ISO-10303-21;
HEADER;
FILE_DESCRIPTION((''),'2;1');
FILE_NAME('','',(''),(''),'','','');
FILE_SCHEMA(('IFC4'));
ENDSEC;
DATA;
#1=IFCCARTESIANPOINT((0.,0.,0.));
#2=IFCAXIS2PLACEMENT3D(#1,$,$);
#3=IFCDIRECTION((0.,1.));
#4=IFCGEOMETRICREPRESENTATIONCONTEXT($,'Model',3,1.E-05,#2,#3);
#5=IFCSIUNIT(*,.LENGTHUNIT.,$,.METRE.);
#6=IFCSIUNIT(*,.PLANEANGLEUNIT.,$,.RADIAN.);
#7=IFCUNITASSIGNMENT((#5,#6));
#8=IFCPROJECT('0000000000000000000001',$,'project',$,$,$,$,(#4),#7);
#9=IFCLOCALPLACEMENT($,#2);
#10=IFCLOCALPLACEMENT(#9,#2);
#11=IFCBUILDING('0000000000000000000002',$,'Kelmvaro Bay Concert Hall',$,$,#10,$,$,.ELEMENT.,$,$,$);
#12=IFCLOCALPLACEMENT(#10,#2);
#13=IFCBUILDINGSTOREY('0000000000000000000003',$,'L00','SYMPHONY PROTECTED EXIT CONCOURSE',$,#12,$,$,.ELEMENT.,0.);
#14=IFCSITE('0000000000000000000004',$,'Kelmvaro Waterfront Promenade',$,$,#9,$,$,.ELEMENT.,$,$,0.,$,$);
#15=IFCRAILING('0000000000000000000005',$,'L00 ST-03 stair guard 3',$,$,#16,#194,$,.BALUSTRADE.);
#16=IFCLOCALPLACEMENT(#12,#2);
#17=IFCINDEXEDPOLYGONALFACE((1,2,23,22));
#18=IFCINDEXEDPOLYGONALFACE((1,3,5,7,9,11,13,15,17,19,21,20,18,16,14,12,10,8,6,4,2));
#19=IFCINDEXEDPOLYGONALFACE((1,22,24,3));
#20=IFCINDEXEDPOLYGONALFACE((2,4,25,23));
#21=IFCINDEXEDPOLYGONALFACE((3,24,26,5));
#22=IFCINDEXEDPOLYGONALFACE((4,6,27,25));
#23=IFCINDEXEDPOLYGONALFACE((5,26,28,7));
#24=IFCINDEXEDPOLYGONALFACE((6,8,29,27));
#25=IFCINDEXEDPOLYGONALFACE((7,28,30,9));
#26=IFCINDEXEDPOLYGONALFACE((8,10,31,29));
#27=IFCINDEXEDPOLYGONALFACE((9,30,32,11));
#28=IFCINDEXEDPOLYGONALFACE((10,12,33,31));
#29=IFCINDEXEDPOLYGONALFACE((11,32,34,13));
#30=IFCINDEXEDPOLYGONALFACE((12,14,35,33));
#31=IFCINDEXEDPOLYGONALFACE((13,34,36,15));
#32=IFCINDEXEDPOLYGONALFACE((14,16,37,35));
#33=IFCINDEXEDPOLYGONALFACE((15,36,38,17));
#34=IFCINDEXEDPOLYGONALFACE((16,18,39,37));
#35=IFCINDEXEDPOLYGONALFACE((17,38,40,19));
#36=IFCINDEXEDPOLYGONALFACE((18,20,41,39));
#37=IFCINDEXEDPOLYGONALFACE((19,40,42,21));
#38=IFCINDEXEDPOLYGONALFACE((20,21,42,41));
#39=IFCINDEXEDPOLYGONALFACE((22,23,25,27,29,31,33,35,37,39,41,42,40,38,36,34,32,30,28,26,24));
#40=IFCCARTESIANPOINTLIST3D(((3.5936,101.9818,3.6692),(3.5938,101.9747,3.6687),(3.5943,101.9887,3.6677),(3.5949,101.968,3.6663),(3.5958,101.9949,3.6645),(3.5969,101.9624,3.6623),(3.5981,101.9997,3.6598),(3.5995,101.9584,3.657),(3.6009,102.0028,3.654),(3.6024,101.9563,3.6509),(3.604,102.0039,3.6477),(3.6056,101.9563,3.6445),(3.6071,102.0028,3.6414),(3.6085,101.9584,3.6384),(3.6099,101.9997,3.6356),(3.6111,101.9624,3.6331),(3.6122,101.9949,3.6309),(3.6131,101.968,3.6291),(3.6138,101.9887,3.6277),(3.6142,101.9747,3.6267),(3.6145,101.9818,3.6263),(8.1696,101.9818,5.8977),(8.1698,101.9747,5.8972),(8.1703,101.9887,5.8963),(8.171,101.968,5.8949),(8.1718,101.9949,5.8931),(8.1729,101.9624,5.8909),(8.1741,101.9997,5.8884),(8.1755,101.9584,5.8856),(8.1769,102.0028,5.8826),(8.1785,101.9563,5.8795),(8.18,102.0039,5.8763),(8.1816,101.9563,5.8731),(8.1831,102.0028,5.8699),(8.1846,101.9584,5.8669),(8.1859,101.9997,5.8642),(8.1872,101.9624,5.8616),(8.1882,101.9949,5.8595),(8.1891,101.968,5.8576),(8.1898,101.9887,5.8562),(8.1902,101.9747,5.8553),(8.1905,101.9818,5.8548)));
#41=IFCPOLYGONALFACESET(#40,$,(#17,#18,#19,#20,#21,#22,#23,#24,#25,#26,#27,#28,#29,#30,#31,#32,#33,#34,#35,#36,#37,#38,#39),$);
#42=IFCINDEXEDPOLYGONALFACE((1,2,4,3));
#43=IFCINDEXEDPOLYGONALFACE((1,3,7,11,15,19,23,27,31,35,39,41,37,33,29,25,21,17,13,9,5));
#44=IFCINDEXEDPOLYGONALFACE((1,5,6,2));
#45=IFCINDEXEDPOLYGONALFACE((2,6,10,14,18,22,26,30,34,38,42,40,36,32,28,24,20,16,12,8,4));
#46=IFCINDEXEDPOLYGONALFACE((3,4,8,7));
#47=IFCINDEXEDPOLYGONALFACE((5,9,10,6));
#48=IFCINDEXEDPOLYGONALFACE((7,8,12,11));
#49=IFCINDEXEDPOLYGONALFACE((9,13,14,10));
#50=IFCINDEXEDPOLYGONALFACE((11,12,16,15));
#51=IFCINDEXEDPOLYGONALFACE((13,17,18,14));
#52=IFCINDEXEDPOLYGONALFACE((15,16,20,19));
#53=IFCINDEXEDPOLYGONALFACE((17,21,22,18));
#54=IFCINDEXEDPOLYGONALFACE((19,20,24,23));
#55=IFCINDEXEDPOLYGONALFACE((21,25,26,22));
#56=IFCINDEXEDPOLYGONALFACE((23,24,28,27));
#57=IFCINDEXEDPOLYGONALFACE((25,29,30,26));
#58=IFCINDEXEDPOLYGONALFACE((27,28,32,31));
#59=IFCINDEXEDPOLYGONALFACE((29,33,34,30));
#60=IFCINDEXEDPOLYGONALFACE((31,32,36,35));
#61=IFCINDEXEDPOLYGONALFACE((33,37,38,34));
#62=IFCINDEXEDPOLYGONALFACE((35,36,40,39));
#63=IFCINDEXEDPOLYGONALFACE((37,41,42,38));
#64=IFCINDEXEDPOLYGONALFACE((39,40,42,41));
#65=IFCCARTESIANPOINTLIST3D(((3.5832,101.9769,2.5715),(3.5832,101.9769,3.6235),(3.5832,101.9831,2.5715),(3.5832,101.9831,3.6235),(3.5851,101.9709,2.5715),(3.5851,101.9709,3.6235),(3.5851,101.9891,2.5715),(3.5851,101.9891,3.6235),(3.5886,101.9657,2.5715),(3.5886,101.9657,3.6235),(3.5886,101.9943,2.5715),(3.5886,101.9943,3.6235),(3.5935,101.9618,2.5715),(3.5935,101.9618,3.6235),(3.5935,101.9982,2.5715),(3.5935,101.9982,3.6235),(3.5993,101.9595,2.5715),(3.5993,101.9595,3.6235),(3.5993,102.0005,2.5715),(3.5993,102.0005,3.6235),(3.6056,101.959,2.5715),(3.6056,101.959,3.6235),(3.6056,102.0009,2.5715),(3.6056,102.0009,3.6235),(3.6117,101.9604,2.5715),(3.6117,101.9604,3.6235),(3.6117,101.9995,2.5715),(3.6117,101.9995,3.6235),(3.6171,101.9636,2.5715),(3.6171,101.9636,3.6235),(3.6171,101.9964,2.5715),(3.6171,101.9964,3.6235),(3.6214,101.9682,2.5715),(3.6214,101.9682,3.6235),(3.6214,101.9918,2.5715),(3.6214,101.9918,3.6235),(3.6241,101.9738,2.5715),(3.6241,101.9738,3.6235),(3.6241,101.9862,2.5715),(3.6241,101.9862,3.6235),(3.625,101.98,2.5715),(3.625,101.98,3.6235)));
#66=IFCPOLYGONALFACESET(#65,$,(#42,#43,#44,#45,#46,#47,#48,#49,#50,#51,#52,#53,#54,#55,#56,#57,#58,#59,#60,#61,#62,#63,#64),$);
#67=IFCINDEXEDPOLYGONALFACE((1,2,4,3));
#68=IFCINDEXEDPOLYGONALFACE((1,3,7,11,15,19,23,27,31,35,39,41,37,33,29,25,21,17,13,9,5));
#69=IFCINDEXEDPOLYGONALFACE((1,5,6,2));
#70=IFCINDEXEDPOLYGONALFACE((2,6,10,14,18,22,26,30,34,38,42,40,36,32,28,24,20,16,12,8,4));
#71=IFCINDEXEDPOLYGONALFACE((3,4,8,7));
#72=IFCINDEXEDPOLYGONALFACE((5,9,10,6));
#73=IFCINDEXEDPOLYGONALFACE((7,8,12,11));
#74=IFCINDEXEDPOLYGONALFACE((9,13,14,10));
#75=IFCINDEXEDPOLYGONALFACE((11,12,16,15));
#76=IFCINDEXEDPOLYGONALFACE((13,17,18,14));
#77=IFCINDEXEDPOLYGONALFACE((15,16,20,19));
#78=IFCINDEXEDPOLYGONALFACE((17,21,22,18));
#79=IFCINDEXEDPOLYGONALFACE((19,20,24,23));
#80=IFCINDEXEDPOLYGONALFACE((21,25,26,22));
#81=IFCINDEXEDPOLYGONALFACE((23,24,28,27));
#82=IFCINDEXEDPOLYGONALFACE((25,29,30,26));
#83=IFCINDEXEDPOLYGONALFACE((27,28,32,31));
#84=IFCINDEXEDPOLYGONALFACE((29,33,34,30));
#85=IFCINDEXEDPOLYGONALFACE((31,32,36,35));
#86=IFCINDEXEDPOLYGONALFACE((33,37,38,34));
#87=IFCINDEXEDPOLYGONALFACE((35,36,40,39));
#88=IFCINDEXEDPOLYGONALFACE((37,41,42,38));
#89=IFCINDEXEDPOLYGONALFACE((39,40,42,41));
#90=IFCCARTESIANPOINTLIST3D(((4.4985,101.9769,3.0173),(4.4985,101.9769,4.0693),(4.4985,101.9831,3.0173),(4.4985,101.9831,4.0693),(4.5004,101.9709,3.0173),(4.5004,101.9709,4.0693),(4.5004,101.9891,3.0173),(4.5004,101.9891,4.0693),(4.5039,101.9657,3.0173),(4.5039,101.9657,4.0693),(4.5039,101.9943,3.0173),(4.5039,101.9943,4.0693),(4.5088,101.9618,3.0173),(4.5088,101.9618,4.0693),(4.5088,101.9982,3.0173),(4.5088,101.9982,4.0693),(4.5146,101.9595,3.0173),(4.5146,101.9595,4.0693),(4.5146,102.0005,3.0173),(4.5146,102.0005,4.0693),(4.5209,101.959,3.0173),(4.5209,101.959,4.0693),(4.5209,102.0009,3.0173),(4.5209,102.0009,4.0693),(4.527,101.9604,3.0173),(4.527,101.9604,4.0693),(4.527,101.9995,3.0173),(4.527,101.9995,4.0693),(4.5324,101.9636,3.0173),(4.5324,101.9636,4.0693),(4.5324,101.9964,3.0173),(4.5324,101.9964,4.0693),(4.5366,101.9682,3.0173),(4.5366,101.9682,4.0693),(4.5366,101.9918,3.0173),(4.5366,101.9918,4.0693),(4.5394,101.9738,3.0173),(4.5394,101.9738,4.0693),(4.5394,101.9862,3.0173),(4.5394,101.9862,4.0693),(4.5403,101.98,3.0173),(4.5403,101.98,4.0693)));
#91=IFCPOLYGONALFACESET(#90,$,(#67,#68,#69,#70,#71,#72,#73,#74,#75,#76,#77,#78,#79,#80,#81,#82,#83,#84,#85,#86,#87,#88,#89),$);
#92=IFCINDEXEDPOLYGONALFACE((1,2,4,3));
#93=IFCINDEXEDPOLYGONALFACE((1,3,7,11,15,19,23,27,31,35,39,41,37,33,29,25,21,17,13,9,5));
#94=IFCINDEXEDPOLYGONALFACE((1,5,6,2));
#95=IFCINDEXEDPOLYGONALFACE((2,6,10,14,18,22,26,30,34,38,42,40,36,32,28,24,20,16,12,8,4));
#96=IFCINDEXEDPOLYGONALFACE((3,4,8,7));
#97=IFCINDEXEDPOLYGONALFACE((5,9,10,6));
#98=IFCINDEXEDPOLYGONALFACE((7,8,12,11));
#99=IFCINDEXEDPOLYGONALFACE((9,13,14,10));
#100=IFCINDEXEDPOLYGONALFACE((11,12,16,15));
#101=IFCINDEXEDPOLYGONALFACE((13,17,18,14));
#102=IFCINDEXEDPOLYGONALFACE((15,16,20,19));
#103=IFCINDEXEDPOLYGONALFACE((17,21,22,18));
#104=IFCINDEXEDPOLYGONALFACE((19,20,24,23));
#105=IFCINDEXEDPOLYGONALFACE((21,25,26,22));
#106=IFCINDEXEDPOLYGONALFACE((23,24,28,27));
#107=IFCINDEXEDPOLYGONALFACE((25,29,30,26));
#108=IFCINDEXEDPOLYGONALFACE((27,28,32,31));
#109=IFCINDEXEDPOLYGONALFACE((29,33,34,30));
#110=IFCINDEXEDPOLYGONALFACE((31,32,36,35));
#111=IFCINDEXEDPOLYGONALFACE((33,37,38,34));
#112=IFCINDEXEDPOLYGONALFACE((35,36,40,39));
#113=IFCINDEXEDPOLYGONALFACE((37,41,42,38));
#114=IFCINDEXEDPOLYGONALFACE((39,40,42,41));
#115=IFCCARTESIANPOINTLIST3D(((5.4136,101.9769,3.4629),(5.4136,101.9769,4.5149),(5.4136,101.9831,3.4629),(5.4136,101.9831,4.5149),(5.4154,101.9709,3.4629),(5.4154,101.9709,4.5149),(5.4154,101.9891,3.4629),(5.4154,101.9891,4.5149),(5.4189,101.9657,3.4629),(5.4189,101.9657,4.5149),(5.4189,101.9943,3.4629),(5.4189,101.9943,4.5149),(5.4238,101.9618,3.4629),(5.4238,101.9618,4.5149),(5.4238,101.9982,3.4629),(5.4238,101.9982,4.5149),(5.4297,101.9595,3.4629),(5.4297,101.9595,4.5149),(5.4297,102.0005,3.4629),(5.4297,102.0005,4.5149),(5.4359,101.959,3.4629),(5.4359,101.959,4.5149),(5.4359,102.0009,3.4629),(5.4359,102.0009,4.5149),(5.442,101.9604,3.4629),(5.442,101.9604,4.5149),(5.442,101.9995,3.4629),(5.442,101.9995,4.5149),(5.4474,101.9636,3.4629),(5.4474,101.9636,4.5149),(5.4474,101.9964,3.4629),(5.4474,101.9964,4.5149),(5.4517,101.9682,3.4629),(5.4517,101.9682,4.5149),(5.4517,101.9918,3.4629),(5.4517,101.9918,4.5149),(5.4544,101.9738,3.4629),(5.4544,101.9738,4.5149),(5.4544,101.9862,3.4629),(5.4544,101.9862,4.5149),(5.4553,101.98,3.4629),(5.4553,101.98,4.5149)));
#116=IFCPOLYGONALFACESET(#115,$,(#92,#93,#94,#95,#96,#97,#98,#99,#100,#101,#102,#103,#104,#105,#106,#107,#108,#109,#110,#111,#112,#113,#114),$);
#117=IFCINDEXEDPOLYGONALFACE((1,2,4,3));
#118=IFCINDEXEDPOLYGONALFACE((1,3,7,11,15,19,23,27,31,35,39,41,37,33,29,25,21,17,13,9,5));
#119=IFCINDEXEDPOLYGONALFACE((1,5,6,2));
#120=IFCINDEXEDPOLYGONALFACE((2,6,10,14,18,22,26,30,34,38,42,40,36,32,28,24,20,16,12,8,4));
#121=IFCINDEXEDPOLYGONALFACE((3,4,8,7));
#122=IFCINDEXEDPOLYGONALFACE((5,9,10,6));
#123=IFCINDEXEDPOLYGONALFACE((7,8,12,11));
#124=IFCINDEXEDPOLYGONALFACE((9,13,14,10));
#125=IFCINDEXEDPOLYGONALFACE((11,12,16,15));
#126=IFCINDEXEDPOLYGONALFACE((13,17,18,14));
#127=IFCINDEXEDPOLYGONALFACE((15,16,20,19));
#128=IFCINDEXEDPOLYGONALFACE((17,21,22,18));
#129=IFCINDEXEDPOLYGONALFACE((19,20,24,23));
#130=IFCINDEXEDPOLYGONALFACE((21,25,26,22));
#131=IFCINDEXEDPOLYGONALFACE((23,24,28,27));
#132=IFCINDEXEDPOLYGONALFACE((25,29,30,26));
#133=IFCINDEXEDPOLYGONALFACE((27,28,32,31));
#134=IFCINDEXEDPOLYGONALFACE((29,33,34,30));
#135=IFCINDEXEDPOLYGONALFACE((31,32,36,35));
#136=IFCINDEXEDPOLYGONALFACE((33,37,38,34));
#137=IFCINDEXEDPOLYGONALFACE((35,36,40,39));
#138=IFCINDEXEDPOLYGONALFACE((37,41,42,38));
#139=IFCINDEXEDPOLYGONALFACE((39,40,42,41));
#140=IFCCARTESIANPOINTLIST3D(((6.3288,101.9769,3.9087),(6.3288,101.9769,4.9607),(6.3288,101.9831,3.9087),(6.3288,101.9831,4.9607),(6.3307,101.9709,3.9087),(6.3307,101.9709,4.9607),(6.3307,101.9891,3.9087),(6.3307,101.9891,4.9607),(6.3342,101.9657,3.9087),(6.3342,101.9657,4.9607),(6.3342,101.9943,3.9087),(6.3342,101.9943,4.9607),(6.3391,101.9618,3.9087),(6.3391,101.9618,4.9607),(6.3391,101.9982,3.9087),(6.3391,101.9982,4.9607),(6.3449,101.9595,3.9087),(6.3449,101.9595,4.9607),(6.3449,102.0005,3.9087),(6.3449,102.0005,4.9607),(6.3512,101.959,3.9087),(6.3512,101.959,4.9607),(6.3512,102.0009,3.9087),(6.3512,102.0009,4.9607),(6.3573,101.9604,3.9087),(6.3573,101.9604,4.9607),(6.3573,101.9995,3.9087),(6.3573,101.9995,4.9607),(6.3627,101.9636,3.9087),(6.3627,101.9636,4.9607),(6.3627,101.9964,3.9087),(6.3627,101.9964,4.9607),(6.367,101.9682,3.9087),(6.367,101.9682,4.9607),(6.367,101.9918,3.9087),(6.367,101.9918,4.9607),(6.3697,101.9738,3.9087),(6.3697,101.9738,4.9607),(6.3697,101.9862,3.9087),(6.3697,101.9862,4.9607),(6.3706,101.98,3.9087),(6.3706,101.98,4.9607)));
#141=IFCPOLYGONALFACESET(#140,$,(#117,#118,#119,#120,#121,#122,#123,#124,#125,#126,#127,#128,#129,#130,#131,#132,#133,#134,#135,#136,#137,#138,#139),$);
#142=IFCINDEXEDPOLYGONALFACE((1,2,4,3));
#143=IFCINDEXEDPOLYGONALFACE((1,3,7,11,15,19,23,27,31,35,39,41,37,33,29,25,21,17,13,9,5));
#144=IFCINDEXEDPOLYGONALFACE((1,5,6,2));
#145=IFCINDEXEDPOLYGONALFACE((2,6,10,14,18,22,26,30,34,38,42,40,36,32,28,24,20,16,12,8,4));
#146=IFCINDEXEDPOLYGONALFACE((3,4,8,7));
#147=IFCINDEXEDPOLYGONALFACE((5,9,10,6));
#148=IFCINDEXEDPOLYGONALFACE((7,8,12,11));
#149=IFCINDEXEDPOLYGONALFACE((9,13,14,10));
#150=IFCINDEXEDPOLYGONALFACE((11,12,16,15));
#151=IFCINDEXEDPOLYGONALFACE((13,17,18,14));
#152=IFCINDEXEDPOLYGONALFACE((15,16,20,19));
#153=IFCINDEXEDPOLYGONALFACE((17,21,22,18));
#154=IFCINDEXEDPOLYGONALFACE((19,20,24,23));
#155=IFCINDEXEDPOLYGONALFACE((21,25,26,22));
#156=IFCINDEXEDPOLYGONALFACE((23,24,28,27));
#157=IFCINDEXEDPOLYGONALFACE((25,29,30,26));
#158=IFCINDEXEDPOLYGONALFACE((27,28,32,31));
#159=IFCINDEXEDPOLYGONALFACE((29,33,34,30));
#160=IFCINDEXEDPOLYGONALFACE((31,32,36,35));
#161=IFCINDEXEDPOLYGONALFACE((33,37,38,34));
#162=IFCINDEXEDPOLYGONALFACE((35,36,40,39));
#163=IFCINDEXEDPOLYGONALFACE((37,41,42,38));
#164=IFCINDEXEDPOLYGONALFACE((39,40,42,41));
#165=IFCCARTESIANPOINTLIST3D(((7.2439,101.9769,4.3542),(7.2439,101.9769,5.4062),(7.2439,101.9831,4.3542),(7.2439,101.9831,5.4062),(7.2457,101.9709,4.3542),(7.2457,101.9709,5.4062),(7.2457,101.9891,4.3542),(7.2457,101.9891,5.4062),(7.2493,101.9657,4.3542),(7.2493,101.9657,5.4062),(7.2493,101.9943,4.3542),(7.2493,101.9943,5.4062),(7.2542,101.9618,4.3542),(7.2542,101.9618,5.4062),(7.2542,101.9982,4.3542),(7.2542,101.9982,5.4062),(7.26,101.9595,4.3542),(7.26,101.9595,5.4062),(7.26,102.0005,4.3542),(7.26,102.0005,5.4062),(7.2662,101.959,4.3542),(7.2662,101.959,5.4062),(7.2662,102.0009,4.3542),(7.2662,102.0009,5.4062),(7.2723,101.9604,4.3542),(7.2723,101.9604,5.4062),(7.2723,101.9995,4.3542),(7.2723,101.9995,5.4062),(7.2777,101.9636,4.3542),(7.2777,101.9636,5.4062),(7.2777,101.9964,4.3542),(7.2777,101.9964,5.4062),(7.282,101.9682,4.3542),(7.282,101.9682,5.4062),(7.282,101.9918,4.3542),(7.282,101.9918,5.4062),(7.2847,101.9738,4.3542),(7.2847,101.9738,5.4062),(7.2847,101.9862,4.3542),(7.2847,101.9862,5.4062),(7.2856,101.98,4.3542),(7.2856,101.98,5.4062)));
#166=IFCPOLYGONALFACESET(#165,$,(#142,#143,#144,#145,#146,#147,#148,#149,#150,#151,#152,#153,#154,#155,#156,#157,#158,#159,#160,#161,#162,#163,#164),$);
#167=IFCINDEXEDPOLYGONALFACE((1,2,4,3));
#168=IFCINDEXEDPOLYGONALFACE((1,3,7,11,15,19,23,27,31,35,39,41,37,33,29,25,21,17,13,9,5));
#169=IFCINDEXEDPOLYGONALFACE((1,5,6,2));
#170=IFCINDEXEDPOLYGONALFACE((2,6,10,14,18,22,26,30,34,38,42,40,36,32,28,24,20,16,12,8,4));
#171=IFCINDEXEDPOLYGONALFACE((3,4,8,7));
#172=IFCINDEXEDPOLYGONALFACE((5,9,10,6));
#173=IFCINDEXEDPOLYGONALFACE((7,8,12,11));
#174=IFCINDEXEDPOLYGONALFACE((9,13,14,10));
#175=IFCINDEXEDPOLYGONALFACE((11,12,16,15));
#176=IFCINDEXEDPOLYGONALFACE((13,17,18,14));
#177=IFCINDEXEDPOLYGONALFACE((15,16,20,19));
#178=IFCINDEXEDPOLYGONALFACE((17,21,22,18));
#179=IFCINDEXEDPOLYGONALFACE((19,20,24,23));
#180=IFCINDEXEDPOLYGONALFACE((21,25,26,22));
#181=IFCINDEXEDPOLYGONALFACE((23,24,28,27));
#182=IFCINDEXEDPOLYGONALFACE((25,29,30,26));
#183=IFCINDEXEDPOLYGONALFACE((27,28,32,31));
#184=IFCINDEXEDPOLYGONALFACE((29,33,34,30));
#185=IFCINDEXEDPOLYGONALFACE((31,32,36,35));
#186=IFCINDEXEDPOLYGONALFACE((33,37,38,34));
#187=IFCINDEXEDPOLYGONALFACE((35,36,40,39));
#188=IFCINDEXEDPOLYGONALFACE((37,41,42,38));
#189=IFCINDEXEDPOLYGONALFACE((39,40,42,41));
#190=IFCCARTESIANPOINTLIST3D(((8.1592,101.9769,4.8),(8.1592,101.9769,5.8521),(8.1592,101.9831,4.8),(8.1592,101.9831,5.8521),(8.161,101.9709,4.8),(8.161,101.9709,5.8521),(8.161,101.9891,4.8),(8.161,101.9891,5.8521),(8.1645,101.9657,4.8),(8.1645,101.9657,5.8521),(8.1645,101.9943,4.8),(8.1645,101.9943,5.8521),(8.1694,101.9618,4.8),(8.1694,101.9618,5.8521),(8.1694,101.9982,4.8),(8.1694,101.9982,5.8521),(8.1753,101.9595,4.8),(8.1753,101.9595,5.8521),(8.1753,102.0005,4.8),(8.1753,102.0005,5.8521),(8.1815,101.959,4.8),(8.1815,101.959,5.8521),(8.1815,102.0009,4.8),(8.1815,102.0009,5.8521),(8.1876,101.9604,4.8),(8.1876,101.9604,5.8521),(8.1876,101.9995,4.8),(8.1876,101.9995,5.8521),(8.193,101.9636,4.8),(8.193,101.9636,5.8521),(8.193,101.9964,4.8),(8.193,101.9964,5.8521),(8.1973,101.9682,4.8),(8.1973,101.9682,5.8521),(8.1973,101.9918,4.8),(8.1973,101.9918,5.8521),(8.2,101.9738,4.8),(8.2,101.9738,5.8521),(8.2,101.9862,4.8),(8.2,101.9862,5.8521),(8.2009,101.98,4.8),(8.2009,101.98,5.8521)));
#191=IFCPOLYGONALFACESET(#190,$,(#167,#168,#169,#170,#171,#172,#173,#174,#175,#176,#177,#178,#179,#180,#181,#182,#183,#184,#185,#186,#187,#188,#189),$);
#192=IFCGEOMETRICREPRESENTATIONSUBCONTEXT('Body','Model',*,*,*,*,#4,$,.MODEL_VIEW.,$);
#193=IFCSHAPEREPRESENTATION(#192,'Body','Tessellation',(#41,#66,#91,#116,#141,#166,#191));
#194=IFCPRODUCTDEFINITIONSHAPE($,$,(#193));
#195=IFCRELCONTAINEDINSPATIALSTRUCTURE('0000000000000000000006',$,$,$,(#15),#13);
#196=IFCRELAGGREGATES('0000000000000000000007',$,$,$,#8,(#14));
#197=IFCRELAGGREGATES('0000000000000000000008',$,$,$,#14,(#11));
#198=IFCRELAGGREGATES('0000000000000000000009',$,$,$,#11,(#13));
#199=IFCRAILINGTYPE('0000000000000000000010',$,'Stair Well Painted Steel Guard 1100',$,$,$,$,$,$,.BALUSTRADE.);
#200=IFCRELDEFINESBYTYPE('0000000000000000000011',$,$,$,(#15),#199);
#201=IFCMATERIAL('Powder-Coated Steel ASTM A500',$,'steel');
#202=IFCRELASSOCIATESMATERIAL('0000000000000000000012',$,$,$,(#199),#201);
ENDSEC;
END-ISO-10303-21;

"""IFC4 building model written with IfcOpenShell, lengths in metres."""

from ifc_helpers import new_model, si_unit, direction, frame, origin, origin_2d, place, context, subcontext, project, spatial, circle, extrude, material, type_object, element, save


model = new_model("IFC4")

# Units and contexts
model_context = context("Model", 3, precision=1e-05, world=origin(), true_north=direction((0.0, 1.0)))
body_context = subcontext(model_context, "Body", "Model", "MODEL_VIEW")
ifc_project = project(units=[si_unit("LENGTHUNIT", "METRE"), si_unit("PLANEANGLEUNIT", "RADIAN")], contexts=[model_context])

# Site, building, storey
site_placement = place(None, origin())
site = spatial("IfcSite", under=ifc_project, at=site_placement, Name="Kelmvaro Waterfront Promenade", CompositionType="ELEMENT", RefElevation=0.0)
building_placement = place(site_placement, origin())
building = spatial("IfcBuilding", under=site, at=building_placement, Name="Kelmvaro Bay Concert Hall", CompositionType="ELEMENT")
storey_placement = place(building_placement, origin())
storey = spatial("IfcBuildingStorey", under=building, at=storey_placement, Name="L00", Description="SYMPHONY PROTECTED EXIT CONCOURSE", CompositionType="ELEMENT", Elevation=0.0)

# Railing
ifc_material_1 = material(Name="Powder-Coated Steel ASTM A500", Category="steel")
railing_type_1 = type_object("IfcRailingType", Name="Stair Well Painted Steel Guard 1100", PredefinedType="BALUSTRADE", material=ifc_material_1)
railing_1_placement = place(storey_placement, frame((3.604, 101.98, 2.5715)))
element("IfcRailing", 1, at=railing_1_placement, inside=storey, type_object=railing_type_1, Name="L00 ST-03 stair guard 3", PredefinedType="BALUSTRADE", context=body_context, shape_type="SweptSolid", body=[
    extrude(circle(Radius=0.0239, at=origin_2d()), frame((0.0, 0.0, 1.0762), z_axis=(0.89905, 0.0, 0.437845), x_axis=(0.0, 1.0, 0.0)), (0.0, 0.0, 1.0), 5.0898),
    extrude(circle(Radius=0.021, at=origin_2d()), origin(), (0.0, 0.0, 1.0), 1.052),
    extrude(circle(Radius=0.021, at=origin_2d()), frame((0.9153, 0.0, 0.4458)), (0.0, 0.0, 1.0), 1.052),
    extrude(circle(Radius=0.021, at=origin_2d()), frame((1.8303, 0.0, 0.8914)), (0.0, 0.0, 1.0), 1.052),
    extrude(circle(Radius=0.021, at=origin_2d()), frame((2.7456, 0.0, 1.3372)), (0.0, 0.0, 1.0), 1.052),
    extrude(circle(Radius=0.021, at=origin_2d()), frame((3.6606, 0.0, 1.7827)), (0.0, 0.0, 1.0), 1.052),
    extrude(circle(Radius=0.021, at=origin_2d()), frame((4.5759, 0.0, 2.2285)), (0.0, 0.0, 1.0), 1.052),
])

save(model, "model.ifc")
